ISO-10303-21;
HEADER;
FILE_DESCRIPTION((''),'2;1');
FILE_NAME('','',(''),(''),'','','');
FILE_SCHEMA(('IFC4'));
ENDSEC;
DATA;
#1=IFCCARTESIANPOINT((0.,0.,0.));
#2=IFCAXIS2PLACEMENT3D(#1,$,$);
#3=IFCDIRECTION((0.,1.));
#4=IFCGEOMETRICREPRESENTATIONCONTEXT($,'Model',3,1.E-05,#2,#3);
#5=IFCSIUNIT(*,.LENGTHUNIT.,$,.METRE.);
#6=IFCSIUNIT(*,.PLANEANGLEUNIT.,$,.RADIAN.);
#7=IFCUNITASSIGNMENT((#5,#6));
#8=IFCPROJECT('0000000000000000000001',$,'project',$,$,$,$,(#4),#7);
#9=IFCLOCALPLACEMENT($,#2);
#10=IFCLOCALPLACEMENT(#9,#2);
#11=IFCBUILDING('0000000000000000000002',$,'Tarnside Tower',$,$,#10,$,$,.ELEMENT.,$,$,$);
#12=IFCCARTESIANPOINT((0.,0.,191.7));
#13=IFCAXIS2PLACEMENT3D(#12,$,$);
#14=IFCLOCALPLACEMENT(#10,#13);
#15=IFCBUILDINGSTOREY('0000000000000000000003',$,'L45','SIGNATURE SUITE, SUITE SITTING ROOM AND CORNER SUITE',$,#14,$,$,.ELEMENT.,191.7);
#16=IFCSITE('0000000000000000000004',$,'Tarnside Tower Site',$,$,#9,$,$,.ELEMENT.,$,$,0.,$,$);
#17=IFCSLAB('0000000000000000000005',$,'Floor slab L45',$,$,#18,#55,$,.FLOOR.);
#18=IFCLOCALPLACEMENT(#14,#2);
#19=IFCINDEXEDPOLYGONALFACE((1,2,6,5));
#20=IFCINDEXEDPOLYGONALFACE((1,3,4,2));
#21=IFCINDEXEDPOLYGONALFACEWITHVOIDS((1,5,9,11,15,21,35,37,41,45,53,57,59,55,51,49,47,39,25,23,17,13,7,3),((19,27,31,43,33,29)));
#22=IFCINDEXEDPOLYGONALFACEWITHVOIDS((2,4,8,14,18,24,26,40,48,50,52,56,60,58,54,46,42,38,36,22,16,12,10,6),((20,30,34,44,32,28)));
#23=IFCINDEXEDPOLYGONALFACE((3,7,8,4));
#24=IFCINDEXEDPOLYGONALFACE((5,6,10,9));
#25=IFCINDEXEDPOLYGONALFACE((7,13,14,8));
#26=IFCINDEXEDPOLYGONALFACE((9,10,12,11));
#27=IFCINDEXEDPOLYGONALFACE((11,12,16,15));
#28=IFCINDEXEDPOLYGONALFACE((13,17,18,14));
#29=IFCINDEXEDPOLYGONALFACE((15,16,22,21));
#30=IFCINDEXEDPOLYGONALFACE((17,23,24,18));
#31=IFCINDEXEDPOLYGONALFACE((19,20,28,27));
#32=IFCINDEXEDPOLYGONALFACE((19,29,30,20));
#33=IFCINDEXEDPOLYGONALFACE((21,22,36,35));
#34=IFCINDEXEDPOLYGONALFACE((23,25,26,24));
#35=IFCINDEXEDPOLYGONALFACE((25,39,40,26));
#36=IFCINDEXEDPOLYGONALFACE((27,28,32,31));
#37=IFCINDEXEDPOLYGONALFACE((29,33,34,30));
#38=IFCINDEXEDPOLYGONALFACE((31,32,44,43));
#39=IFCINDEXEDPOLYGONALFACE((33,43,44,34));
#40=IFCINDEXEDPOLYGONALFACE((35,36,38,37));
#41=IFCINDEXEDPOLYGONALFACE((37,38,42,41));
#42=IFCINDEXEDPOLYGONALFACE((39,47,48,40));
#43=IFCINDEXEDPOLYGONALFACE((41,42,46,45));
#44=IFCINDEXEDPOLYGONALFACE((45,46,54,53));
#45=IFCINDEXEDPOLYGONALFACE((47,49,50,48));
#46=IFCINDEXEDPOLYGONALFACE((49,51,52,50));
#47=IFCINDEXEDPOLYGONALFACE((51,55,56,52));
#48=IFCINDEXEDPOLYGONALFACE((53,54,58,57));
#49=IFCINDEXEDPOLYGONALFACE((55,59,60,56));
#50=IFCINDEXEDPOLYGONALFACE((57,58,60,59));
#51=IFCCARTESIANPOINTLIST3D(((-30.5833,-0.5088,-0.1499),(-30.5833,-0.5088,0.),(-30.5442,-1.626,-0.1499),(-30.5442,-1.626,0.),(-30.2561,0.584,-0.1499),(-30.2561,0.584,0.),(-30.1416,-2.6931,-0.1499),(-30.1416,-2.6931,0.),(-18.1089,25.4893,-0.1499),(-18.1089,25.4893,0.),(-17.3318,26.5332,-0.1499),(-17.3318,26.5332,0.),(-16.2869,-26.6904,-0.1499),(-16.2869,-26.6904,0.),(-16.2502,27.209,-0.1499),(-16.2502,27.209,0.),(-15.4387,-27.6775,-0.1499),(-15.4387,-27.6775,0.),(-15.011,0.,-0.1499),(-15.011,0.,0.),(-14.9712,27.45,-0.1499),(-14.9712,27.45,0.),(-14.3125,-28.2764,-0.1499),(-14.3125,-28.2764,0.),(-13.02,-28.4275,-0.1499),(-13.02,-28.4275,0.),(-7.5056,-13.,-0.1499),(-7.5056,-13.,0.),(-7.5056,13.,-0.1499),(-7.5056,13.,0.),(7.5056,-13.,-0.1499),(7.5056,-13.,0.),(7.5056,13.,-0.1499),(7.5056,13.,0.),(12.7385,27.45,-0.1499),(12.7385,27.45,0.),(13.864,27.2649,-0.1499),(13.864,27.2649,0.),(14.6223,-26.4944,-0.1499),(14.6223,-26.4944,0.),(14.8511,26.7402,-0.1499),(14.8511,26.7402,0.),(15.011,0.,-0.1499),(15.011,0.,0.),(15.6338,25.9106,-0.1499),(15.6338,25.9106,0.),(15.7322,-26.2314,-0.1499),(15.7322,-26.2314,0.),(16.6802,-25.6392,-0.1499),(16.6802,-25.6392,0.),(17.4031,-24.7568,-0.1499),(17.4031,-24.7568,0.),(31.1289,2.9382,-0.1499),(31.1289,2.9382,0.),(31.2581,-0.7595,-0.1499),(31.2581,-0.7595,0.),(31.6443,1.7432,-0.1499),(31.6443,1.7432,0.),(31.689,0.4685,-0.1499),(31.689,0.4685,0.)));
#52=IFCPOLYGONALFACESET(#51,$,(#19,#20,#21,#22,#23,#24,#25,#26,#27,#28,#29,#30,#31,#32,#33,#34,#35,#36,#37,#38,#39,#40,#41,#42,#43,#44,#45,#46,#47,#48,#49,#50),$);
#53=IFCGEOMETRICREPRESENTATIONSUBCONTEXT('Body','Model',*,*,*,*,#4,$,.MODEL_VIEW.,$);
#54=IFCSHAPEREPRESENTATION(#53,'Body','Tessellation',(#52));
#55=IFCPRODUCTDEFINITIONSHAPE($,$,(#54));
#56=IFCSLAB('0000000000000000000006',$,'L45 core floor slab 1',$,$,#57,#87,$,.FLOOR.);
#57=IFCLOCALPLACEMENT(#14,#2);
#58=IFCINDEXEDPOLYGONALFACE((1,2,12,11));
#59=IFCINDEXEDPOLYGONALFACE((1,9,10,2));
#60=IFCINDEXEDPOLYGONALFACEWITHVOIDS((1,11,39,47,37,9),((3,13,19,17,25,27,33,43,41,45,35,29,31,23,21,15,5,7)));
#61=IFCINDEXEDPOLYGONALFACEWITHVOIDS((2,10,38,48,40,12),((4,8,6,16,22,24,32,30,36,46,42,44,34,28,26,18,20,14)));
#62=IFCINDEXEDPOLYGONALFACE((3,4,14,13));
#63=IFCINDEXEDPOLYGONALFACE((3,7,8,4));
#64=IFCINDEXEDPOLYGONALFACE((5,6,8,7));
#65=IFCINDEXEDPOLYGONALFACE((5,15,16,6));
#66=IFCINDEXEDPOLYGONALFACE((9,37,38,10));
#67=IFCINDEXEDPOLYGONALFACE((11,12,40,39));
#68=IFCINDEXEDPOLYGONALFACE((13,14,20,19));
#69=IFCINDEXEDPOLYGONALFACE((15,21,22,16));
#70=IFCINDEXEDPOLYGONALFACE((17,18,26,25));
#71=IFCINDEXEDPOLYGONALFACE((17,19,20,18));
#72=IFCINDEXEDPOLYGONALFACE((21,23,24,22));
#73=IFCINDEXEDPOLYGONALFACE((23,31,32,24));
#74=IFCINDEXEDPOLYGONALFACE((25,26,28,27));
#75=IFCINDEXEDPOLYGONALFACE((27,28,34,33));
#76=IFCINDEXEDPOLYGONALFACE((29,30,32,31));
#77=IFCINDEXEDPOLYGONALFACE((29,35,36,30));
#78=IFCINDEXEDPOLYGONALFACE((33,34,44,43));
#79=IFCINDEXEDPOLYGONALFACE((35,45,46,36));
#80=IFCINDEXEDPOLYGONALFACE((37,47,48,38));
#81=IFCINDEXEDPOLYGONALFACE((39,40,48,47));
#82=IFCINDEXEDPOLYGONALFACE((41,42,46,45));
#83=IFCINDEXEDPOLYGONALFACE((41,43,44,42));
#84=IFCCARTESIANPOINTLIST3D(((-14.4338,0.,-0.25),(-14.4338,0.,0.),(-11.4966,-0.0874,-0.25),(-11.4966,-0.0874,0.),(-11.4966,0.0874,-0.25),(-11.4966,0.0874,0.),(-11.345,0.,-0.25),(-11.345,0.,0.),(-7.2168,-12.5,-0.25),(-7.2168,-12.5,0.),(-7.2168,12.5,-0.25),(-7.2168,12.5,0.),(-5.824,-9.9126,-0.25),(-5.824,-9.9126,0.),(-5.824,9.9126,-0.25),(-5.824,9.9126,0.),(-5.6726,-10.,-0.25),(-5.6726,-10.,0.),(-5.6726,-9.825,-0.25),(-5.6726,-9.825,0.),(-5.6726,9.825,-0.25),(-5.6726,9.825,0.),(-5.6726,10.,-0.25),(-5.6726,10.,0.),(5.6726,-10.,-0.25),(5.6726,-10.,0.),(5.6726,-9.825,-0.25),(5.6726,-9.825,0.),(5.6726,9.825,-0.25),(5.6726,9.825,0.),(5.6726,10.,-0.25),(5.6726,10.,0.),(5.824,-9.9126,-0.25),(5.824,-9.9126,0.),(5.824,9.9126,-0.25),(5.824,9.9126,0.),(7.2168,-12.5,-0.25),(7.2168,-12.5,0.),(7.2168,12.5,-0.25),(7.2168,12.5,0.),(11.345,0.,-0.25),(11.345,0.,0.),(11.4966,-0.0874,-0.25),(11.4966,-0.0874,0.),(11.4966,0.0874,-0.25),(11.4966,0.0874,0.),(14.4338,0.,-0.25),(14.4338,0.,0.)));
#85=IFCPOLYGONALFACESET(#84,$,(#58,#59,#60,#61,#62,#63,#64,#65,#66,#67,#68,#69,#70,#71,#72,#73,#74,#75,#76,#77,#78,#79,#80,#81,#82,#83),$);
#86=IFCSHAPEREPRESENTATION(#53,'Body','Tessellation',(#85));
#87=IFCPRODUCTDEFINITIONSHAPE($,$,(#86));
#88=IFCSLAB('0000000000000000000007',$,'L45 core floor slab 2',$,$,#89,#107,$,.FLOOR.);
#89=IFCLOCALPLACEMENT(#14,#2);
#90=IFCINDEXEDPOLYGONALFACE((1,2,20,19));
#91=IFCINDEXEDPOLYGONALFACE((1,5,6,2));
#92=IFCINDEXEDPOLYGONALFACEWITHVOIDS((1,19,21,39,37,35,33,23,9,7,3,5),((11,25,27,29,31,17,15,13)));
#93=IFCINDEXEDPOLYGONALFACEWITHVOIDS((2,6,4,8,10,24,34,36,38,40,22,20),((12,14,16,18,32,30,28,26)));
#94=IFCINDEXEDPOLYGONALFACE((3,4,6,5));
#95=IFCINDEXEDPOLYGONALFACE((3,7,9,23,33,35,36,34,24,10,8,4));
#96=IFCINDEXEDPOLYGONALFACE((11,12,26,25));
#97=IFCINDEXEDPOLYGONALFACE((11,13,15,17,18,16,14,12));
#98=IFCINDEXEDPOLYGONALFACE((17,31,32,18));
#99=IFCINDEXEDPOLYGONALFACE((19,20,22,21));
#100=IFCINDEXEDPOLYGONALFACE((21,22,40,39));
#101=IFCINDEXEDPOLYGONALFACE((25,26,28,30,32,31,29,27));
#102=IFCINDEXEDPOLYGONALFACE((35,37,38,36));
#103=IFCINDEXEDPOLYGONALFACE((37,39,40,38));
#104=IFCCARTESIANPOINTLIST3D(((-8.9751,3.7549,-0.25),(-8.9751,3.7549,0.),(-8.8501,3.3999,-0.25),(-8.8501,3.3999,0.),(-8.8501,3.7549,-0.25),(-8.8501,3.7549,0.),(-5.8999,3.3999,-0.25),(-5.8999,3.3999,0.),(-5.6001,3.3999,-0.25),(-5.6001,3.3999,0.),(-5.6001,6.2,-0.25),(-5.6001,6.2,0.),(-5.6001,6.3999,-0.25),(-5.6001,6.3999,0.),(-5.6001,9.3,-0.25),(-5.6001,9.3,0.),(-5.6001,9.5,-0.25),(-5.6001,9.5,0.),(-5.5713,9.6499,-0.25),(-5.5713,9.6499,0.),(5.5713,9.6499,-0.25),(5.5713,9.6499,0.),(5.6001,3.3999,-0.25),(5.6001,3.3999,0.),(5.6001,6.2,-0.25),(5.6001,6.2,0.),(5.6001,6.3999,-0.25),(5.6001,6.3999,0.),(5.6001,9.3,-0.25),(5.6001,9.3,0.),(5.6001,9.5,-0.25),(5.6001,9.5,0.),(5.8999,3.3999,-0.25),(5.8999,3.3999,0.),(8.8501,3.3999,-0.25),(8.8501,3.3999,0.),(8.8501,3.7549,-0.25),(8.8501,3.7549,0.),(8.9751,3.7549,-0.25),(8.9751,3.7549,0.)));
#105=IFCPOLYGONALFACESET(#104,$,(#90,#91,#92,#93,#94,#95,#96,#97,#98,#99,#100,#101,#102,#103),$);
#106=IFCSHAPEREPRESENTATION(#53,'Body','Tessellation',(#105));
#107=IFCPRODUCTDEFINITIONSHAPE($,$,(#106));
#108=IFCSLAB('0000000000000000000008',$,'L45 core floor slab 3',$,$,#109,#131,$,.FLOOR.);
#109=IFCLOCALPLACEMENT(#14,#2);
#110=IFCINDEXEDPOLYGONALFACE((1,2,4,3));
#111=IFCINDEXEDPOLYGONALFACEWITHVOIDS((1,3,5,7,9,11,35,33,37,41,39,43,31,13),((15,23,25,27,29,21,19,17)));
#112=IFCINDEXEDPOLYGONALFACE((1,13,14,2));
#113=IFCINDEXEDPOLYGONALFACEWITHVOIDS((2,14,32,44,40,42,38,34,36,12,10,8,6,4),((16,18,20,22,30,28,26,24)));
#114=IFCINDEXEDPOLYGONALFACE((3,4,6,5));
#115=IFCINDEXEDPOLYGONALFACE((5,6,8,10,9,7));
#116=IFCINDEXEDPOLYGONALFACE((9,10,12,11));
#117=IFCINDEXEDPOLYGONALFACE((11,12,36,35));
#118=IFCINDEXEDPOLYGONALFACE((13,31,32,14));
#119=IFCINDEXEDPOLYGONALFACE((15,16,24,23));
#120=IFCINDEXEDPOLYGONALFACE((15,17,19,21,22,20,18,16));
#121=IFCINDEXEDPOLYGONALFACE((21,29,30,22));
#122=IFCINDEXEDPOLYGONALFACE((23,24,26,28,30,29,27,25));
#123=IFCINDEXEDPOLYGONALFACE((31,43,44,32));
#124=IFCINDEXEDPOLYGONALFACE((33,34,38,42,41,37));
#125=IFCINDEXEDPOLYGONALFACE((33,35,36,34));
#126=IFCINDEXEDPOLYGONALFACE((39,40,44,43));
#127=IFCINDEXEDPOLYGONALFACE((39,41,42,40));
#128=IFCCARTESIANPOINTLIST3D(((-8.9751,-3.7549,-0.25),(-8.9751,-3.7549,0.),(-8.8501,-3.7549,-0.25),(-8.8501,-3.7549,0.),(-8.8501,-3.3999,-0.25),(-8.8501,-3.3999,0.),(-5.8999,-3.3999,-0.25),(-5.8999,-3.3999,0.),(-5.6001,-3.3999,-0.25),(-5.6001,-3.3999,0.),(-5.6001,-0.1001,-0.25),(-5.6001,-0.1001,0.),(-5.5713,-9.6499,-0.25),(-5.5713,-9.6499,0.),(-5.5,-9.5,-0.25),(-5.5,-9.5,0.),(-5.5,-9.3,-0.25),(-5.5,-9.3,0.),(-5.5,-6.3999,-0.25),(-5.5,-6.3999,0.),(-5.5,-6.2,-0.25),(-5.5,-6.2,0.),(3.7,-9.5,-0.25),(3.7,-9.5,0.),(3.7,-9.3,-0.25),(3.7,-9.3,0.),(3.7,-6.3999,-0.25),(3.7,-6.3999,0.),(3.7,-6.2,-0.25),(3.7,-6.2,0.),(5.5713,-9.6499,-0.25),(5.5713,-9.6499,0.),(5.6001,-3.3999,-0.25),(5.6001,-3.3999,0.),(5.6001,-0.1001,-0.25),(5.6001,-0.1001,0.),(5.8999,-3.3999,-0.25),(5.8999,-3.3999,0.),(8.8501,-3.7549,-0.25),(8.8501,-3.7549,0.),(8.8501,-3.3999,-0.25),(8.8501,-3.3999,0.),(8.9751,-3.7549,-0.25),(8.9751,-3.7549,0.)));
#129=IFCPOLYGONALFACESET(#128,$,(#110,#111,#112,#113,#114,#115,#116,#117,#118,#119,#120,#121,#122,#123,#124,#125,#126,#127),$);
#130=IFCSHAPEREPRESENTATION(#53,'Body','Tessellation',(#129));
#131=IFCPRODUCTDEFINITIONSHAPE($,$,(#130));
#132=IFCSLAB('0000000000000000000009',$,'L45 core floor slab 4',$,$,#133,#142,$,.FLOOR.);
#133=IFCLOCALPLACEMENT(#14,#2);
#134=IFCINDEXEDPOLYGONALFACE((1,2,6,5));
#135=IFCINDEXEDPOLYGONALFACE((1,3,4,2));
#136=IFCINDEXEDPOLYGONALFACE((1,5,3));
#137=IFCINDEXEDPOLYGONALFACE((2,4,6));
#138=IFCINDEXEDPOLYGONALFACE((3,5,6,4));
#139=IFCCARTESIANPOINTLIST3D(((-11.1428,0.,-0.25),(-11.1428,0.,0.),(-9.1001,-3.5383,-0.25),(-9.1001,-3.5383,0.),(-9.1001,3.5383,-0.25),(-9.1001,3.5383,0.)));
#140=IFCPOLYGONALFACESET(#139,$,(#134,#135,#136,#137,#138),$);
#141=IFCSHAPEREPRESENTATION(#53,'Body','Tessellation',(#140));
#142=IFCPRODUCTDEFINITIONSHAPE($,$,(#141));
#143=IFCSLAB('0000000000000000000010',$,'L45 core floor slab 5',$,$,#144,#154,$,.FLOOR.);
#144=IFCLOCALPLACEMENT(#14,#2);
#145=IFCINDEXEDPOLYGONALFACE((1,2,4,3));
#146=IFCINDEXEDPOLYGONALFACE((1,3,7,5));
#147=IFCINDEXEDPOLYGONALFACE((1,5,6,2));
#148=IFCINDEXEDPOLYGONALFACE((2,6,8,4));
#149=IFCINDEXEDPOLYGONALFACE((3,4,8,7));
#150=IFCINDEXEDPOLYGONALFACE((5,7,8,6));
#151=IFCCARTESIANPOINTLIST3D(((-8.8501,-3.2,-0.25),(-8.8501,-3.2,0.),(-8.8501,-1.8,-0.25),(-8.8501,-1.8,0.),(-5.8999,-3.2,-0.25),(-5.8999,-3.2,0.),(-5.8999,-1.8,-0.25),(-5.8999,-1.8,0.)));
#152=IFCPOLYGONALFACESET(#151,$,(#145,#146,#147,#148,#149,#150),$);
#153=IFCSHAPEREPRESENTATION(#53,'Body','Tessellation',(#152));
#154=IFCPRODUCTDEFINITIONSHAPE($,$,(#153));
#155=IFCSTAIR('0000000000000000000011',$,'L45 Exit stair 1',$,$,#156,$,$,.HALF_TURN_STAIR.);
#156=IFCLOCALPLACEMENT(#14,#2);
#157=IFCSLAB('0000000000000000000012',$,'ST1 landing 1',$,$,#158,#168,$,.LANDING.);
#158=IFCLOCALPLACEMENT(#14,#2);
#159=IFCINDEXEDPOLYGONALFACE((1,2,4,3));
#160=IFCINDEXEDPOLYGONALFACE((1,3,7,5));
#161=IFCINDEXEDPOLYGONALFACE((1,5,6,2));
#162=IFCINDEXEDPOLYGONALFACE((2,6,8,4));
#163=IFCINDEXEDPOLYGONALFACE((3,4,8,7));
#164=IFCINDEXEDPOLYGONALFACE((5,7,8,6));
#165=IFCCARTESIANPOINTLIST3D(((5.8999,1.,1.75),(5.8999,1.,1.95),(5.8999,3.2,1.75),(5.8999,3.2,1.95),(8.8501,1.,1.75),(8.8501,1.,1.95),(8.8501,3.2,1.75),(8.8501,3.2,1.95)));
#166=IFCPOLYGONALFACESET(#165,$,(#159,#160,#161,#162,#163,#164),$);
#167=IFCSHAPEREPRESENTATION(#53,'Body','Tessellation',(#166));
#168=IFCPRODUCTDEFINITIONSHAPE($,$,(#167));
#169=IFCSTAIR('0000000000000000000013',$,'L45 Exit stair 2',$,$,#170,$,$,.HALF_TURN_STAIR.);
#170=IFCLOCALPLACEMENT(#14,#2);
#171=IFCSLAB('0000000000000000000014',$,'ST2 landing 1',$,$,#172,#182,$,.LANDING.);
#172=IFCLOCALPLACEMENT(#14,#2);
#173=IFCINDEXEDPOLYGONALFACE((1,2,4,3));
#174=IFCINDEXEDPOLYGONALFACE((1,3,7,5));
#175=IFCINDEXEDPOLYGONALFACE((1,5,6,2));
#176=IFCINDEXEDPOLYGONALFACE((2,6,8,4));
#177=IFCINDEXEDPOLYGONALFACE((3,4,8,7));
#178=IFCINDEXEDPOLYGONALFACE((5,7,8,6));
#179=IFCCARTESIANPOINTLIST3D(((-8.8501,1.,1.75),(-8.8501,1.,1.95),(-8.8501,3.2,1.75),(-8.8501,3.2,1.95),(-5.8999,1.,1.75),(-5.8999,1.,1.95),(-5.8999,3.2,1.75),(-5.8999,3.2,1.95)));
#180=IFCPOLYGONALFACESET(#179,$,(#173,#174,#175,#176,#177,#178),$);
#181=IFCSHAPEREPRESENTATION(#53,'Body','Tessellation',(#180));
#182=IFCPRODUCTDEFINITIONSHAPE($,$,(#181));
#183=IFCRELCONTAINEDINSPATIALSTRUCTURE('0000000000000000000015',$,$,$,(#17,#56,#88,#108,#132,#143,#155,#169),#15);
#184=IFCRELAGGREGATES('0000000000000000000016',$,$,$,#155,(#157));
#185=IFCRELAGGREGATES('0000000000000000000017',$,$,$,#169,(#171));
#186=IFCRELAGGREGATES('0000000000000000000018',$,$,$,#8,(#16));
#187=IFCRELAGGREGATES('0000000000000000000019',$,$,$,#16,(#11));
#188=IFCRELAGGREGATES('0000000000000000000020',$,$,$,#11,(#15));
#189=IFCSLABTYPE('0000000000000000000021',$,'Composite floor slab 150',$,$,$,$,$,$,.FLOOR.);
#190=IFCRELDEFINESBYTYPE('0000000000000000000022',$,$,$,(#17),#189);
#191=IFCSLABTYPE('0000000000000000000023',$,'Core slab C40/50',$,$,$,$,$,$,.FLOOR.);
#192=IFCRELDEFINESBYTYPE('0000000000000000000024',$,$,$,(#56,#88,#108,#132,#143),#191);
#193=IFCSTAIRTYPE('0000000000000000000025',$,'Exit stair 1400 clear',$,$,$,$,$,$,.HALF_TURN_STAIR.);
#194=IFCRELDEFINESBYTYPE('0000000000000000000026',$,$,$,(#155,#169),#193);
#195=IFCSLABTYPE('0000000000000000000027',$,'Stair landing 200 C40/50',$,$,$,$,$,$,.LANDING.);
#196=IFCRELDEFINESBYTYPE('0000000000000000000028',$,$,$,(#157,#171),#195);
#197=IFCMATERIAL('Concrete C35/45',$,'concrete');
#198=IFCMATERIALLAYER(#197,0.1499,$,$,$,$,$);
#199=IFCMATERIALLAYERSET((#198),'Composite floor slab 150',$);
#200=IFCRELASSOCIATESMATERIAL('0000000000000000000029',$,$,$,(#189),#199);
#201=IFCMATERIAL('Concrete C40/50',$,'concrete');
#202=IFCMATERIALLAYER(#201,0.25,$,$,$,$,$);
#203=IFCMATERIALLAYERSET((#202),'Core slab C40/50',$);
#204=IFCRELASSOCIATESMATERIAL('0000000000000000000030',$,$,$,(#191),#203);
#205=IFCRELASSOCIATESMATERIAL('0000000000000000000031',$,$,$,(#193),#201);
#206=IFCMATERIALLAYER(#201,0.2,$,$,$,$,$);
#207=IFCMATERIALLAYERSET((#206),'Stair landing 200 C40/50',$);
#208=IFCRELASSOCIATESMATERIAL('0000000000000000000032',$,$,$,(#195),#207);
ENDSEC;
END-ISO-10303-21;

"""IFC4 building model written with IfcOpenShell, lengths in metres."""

from ifc_helpers import new_model, si_unit, direction, frame, origin, place, context, subcontext, project, spatial, polyline, outline, extrude, material, layer, layer_set, type_object, element, aggregate, save


model = new_model("IFC4")

# Units and contexts
model_context = context("Model", 3, precision=1e-05, world=origin(), true_north=direction((0.0, 1.0)))
body_context = subcontext(model_context, "Body", "Model", "MODEL_VIEW")
ifc_project = project(units=[si_unit("LENGTHUNIT", "METRE"), si_unit("PLANEANGLEUNIT", "RADIAN")], contexts=[model_context])

# Site, building, storey
site_placement = place(None, origin())
site = spatial("IfcSite", under=ifc_project, at=site_placement, Name="Tarnside Tower Site", CompositionType="ELEMENT", RefElevation=0.0)
building_placement = place(site_placement, origin())
building = spatial("IfcBuilding", under=site, at=building_placement, Name="Tarnside Tower", CompositionType="ELEMENT")
storey_placement = place(building_placement, frame((0.0, 0.0, 191.7)))
storey = spatial("IfcBuildingStorey", under=building, at=storey_placement, Name="L45", Description="SIGNATURE SUITE, SUITE SITTING ROOM AND CORNER SUITE", CompositionType="ELEMENT", Elevation=191.7)

# Slabs
ifc_material_1 = material(Name="Concrete C35/45", Category="concrete")
ifc_layer_1 = layer(ifc_material_1, 0.1499)
ifc_layer_set_1 = layer_set([ifc_layer_1], Name="Composite floor slab 150")
slab_type_1 = type_object("IfcSlabType", Name="Composite floor slab 150", PredefinedType="FLOOR", material=ifc_layer_set_1)
slab_1_placement = place(storey_placement, frame((0.0, 0.0, -0.1499)))
element("IfcSlab", 1, at=slab_1_placement, inside=storey, type_object=slab_type_1, Name="Floor slab L45", PredefinedType="FLOOR", context=body_context, shape_type="SweptSolid", body=[
    extrude(outline(polyline([(13.864, 27.2649), (14.8511, 26.7402), (15.6338, 25.9106), (31.1289, 2.9382), (31.6443, 1.7432), (31.689, 0.4685), (31.2581, -0.7595), (17.4031, -24.7568), (16.6802, -25.6392), (15.7322, -26.2314), (14.6223, -26.4944), (-13.02, -28.4275), (-14.3125, -28.2764), (-15.4387, -27.6775), (-16.2869, -26.6904), (-30.1416, -2.6931), (-30.5442, -1.626), (-30.5833, -0.5088), (-30.2561, 0.584), (-18.1089, 25.4893), (-17.3318, 26.5332), (-16.2502, 27.209), (-14.9712, 27.45), (12.7385, 27.45), (13.864, 27.2649)]), holes=[polyline([(-15.011, 0.0), (-7.5056, -13.0), (7.5056, -13.0), (15.011, 0.0), (7.5056, 13.0), (-7.5056, 13.0), (-15.011, 0.0)])]), origin(), (0.0, 0.0, 1.0), 0.1499),
])
ifc_material_2 = material(Name="Concrete C40/50", Category="concrete")
ifc_layer_2 = layer(ifc_material_2, 0.25)
ifc_layer_set_2 = layer_set([ifc_layer_2], Name="Core slab C40/50")
slab_type_2 = type_object("IfcSlabType", Name="Core slab C40/50", PredefinedType="FLOOR", material=ifc_layer_set_2)
slab_2_placement = place(storey_placement, frame((0.0, 0.0, -0.25)))
element("IfcSlab", 2, at=slab_2_placement, inside=storey, type_object=slab_type_2, Name="L45 core floor slab 1", PredefinedType="FLOOR", context=body_context, shape_type="SweptSolid", body=[
    extrude(outline(polyline([(-7.2168, 12.5), (7.2168, 12.5), (14.4338, 0.0), (7.2168, -12.5), (-7.2168, -12.5), (-14.4338, 0.0), (-7.2168, 12.5)]), holes=[polyline([(5.824, -9.9126), (11.4966, -0.0874), (11.345, 0.0), (11.4966, 0.0874), (5.824, 9.9126), (5.6726, 9.825), (5.6726, 10.0), (-5.6726, 10.0), (-5.6726, 9.825), (-5.824, 9.9126), (-11.4966, 0.0874), (-11.345, 0.0), (-11.4966, -0.0874), (-5.824, -9.9126), (-5.6726, -9.825), (-5.6726, -10.0), (5.6726, -10.0), (5.6726, -9.825), (5.824, -9.9126)])]), origin(), (0.0, 0.0, 1.0), 0.25),
])
slab_3_placement = place(storey_placement, frame((0.0, 0.0, -0.25)))
element("IfcSlab", 3, at=slab_3_placement, inside=storey, type_object=slab_type_2, Name="L45 core floor slab 2", PredefinedType="FLOOR", context=body_context, shape_type="SweptSolid", body=[
    extrude(outline(polyline([(-8.9751, 3.7549), (-5.5713, 9.6499), (5.5713, 9.6499), (8.9751, 3.7549), (8.8501, 3.7549), (8.8501, 3.3999), (5.8999, 3.3999), (5.6001, 3.3999), (5.6001, 3.3999), (-5.6001, 3.3999), (-5.8999, 3.3999), (-8.8501, 3.3999), (-8.8501, 3.7549), (-8.9751, 3.7549)]), holes=[polyline([(-5.6001, 6.2), (5.6001, 6.2), (5.6001, 6.3999), (5.6001, 9.3), (5.6001, 9.5), (-5.6001, 9.5), (-5.6001, 9.3), (-5.6001, 6.3999), (-5.6001, 6.2)])]), origin(), (0.0, 0.0, 1.0), 0.25),
])
slab_4_placement = place(storey_placement, frame((0.0, 0.0, -0.25)))
element("IfcSlab", 4, at=slab_4_placement, inside=storey, type_object=slab_type_2, Name="L45 core floor slab 3", PredefinedType="FLOOR", context=body_context, shape_type="SweptSolid", body=[
    extrude(outline(polyline([(5.6001, -3.3999), (5.8999, -3.3999), (8.8501, -3.3999), (8.8501, -3.7549), (8.9751, -3.7549), (5.5713, -9.6499), (-5.5713, -9.6499), (-8.9751, -3.7549), (-8.8501, -3.7549), (-8.8501, -3.3999), (-5.8999, -3.3999), (-5.6001, -3.3999), (-5.6001, -0.1001), (5.6001, -0.1001), (5.6001, -3.3999)]), holes=[polyline([(-5.5, -9.3), (-5.5, -9.5), (3.7, -9.5), (3.7, -9.3), (3.7, -6.3999), (3.7, -6.2), (-5.5, -6.2), (-5.5, -6.3999), (-5.5, -9.3)])]), origin(), (0.0, 0.0, 1.0), 0.25),
])
slab_5_placement = place(storey_placement, frame((0.0, 0.0, -0.25)))
element("IfcSlab", 5, at=slab_5_placement, inside=storey, type_object=slab_type_2, Name="L45 core floor slab 4", PredefinedType="FLOOR", context=body_context, shape_type="SweptSolid", body=[
    extrude(outline(polyline([(-11.1428, 0.0), (-9.1001, 3.5383), (-9.1001, -3.5383), (-11.1428, 0.0)])), origin(), (0.0, 0.0, 1.0), 0.25),
])
slab_6_placement = place(storey_placement, frame((0.0, 0.0, -0.25)))
element("IfcSlab", 6, at=slab_6_placement, inside=storey, type_object=slab_type_2, Name="L45 core floor slab 5", PredefinedType="FLOOR", context=body_context, shape_type="SweptSolid", body=[
    extrude(outline(polyline([(-8.8501, -1.8), (-5.8999, -1.8), (-5.8999, -3.2), (-8.8501, -3.2), (-8.8501, -1.8)])), origin(), (0.0, 0.0, 1.0), 0.25),
])

# Stairs, slabs
stair_type = type_object("IfcStairType", Name="Exit stair 1400 clear", PredefinedType="HALF_TURN_STAIR", material=ifc_material_2)
stair_1_placement = place(storey_placement, origin())
stair_1 = element("IfcStair", 7, at=stair_1_placement, inside=storey, type_object=stair_type, Name="L45 Exit stair 1", PredefinedType="HALF_TURN_STAIR")
ifc_layer_3 = layer(ifc_material_2, 0.2)
ifc_layer_set_3 = layer_set([ifc_layer_3], Name="Stair landing 200 C40/50")
slab_type_3 = type_object("IfcSlabType", Name="Stair landing 200 C40/50", PredefinedType="LANDING", material=ifc_layer_set_3)
slab_7_placement = place(storey_placement, frame((0.0, 0.0, 1.75)))
slab_7 = element("IfcSlab", 8, at=slab_7_placement, type_object=slab_type_3, Name="ST1 landing 1", PredefinedType="LANDING", context=body_context, shape_type="SweptSolid", body=[
    extrude(outline(polyline([(8.8501, 1.0), (8.8501, 3.2), (5.8999, 3.2), (5.8999, 1.0), (8.8501, 1.0)])), origin(), (0.0, 0.0, 1.0), 0.2),
])
aggregate(stair_1, [slab_7])
stair_2_placement = place(storey_placement, origin())
stair_2 = element("IfcStair", 9, at=stair_2_placement, inside=storey, type_object=stair_type, Name="L45 Exit stair 2", PredefinedType="HALF_TURN_STAIR")
slab_8_placement = place(storey_placement, frame((0.0, 0.0, 1.75)))
slab_8 = element("IfcSlab", 10, at=slab_8_placement, type_object=slab_type_3, Name="ST2 landing 1", PredefinedType="LANDING", context=body_context, shape_type="SweptSolid", body=[
    extrude(outline(polyline([(-5.8999, 1.0), (-5.8999, 3.2), (-8.8501, 3.2), (-8.8501, 1.0), (-5.8999, 1.0)])), origin(), (0.0, 0.0, 1.0), 0.2),
])

aggregate(stair_2, [slab_8])

save(model, "model.ifc")
